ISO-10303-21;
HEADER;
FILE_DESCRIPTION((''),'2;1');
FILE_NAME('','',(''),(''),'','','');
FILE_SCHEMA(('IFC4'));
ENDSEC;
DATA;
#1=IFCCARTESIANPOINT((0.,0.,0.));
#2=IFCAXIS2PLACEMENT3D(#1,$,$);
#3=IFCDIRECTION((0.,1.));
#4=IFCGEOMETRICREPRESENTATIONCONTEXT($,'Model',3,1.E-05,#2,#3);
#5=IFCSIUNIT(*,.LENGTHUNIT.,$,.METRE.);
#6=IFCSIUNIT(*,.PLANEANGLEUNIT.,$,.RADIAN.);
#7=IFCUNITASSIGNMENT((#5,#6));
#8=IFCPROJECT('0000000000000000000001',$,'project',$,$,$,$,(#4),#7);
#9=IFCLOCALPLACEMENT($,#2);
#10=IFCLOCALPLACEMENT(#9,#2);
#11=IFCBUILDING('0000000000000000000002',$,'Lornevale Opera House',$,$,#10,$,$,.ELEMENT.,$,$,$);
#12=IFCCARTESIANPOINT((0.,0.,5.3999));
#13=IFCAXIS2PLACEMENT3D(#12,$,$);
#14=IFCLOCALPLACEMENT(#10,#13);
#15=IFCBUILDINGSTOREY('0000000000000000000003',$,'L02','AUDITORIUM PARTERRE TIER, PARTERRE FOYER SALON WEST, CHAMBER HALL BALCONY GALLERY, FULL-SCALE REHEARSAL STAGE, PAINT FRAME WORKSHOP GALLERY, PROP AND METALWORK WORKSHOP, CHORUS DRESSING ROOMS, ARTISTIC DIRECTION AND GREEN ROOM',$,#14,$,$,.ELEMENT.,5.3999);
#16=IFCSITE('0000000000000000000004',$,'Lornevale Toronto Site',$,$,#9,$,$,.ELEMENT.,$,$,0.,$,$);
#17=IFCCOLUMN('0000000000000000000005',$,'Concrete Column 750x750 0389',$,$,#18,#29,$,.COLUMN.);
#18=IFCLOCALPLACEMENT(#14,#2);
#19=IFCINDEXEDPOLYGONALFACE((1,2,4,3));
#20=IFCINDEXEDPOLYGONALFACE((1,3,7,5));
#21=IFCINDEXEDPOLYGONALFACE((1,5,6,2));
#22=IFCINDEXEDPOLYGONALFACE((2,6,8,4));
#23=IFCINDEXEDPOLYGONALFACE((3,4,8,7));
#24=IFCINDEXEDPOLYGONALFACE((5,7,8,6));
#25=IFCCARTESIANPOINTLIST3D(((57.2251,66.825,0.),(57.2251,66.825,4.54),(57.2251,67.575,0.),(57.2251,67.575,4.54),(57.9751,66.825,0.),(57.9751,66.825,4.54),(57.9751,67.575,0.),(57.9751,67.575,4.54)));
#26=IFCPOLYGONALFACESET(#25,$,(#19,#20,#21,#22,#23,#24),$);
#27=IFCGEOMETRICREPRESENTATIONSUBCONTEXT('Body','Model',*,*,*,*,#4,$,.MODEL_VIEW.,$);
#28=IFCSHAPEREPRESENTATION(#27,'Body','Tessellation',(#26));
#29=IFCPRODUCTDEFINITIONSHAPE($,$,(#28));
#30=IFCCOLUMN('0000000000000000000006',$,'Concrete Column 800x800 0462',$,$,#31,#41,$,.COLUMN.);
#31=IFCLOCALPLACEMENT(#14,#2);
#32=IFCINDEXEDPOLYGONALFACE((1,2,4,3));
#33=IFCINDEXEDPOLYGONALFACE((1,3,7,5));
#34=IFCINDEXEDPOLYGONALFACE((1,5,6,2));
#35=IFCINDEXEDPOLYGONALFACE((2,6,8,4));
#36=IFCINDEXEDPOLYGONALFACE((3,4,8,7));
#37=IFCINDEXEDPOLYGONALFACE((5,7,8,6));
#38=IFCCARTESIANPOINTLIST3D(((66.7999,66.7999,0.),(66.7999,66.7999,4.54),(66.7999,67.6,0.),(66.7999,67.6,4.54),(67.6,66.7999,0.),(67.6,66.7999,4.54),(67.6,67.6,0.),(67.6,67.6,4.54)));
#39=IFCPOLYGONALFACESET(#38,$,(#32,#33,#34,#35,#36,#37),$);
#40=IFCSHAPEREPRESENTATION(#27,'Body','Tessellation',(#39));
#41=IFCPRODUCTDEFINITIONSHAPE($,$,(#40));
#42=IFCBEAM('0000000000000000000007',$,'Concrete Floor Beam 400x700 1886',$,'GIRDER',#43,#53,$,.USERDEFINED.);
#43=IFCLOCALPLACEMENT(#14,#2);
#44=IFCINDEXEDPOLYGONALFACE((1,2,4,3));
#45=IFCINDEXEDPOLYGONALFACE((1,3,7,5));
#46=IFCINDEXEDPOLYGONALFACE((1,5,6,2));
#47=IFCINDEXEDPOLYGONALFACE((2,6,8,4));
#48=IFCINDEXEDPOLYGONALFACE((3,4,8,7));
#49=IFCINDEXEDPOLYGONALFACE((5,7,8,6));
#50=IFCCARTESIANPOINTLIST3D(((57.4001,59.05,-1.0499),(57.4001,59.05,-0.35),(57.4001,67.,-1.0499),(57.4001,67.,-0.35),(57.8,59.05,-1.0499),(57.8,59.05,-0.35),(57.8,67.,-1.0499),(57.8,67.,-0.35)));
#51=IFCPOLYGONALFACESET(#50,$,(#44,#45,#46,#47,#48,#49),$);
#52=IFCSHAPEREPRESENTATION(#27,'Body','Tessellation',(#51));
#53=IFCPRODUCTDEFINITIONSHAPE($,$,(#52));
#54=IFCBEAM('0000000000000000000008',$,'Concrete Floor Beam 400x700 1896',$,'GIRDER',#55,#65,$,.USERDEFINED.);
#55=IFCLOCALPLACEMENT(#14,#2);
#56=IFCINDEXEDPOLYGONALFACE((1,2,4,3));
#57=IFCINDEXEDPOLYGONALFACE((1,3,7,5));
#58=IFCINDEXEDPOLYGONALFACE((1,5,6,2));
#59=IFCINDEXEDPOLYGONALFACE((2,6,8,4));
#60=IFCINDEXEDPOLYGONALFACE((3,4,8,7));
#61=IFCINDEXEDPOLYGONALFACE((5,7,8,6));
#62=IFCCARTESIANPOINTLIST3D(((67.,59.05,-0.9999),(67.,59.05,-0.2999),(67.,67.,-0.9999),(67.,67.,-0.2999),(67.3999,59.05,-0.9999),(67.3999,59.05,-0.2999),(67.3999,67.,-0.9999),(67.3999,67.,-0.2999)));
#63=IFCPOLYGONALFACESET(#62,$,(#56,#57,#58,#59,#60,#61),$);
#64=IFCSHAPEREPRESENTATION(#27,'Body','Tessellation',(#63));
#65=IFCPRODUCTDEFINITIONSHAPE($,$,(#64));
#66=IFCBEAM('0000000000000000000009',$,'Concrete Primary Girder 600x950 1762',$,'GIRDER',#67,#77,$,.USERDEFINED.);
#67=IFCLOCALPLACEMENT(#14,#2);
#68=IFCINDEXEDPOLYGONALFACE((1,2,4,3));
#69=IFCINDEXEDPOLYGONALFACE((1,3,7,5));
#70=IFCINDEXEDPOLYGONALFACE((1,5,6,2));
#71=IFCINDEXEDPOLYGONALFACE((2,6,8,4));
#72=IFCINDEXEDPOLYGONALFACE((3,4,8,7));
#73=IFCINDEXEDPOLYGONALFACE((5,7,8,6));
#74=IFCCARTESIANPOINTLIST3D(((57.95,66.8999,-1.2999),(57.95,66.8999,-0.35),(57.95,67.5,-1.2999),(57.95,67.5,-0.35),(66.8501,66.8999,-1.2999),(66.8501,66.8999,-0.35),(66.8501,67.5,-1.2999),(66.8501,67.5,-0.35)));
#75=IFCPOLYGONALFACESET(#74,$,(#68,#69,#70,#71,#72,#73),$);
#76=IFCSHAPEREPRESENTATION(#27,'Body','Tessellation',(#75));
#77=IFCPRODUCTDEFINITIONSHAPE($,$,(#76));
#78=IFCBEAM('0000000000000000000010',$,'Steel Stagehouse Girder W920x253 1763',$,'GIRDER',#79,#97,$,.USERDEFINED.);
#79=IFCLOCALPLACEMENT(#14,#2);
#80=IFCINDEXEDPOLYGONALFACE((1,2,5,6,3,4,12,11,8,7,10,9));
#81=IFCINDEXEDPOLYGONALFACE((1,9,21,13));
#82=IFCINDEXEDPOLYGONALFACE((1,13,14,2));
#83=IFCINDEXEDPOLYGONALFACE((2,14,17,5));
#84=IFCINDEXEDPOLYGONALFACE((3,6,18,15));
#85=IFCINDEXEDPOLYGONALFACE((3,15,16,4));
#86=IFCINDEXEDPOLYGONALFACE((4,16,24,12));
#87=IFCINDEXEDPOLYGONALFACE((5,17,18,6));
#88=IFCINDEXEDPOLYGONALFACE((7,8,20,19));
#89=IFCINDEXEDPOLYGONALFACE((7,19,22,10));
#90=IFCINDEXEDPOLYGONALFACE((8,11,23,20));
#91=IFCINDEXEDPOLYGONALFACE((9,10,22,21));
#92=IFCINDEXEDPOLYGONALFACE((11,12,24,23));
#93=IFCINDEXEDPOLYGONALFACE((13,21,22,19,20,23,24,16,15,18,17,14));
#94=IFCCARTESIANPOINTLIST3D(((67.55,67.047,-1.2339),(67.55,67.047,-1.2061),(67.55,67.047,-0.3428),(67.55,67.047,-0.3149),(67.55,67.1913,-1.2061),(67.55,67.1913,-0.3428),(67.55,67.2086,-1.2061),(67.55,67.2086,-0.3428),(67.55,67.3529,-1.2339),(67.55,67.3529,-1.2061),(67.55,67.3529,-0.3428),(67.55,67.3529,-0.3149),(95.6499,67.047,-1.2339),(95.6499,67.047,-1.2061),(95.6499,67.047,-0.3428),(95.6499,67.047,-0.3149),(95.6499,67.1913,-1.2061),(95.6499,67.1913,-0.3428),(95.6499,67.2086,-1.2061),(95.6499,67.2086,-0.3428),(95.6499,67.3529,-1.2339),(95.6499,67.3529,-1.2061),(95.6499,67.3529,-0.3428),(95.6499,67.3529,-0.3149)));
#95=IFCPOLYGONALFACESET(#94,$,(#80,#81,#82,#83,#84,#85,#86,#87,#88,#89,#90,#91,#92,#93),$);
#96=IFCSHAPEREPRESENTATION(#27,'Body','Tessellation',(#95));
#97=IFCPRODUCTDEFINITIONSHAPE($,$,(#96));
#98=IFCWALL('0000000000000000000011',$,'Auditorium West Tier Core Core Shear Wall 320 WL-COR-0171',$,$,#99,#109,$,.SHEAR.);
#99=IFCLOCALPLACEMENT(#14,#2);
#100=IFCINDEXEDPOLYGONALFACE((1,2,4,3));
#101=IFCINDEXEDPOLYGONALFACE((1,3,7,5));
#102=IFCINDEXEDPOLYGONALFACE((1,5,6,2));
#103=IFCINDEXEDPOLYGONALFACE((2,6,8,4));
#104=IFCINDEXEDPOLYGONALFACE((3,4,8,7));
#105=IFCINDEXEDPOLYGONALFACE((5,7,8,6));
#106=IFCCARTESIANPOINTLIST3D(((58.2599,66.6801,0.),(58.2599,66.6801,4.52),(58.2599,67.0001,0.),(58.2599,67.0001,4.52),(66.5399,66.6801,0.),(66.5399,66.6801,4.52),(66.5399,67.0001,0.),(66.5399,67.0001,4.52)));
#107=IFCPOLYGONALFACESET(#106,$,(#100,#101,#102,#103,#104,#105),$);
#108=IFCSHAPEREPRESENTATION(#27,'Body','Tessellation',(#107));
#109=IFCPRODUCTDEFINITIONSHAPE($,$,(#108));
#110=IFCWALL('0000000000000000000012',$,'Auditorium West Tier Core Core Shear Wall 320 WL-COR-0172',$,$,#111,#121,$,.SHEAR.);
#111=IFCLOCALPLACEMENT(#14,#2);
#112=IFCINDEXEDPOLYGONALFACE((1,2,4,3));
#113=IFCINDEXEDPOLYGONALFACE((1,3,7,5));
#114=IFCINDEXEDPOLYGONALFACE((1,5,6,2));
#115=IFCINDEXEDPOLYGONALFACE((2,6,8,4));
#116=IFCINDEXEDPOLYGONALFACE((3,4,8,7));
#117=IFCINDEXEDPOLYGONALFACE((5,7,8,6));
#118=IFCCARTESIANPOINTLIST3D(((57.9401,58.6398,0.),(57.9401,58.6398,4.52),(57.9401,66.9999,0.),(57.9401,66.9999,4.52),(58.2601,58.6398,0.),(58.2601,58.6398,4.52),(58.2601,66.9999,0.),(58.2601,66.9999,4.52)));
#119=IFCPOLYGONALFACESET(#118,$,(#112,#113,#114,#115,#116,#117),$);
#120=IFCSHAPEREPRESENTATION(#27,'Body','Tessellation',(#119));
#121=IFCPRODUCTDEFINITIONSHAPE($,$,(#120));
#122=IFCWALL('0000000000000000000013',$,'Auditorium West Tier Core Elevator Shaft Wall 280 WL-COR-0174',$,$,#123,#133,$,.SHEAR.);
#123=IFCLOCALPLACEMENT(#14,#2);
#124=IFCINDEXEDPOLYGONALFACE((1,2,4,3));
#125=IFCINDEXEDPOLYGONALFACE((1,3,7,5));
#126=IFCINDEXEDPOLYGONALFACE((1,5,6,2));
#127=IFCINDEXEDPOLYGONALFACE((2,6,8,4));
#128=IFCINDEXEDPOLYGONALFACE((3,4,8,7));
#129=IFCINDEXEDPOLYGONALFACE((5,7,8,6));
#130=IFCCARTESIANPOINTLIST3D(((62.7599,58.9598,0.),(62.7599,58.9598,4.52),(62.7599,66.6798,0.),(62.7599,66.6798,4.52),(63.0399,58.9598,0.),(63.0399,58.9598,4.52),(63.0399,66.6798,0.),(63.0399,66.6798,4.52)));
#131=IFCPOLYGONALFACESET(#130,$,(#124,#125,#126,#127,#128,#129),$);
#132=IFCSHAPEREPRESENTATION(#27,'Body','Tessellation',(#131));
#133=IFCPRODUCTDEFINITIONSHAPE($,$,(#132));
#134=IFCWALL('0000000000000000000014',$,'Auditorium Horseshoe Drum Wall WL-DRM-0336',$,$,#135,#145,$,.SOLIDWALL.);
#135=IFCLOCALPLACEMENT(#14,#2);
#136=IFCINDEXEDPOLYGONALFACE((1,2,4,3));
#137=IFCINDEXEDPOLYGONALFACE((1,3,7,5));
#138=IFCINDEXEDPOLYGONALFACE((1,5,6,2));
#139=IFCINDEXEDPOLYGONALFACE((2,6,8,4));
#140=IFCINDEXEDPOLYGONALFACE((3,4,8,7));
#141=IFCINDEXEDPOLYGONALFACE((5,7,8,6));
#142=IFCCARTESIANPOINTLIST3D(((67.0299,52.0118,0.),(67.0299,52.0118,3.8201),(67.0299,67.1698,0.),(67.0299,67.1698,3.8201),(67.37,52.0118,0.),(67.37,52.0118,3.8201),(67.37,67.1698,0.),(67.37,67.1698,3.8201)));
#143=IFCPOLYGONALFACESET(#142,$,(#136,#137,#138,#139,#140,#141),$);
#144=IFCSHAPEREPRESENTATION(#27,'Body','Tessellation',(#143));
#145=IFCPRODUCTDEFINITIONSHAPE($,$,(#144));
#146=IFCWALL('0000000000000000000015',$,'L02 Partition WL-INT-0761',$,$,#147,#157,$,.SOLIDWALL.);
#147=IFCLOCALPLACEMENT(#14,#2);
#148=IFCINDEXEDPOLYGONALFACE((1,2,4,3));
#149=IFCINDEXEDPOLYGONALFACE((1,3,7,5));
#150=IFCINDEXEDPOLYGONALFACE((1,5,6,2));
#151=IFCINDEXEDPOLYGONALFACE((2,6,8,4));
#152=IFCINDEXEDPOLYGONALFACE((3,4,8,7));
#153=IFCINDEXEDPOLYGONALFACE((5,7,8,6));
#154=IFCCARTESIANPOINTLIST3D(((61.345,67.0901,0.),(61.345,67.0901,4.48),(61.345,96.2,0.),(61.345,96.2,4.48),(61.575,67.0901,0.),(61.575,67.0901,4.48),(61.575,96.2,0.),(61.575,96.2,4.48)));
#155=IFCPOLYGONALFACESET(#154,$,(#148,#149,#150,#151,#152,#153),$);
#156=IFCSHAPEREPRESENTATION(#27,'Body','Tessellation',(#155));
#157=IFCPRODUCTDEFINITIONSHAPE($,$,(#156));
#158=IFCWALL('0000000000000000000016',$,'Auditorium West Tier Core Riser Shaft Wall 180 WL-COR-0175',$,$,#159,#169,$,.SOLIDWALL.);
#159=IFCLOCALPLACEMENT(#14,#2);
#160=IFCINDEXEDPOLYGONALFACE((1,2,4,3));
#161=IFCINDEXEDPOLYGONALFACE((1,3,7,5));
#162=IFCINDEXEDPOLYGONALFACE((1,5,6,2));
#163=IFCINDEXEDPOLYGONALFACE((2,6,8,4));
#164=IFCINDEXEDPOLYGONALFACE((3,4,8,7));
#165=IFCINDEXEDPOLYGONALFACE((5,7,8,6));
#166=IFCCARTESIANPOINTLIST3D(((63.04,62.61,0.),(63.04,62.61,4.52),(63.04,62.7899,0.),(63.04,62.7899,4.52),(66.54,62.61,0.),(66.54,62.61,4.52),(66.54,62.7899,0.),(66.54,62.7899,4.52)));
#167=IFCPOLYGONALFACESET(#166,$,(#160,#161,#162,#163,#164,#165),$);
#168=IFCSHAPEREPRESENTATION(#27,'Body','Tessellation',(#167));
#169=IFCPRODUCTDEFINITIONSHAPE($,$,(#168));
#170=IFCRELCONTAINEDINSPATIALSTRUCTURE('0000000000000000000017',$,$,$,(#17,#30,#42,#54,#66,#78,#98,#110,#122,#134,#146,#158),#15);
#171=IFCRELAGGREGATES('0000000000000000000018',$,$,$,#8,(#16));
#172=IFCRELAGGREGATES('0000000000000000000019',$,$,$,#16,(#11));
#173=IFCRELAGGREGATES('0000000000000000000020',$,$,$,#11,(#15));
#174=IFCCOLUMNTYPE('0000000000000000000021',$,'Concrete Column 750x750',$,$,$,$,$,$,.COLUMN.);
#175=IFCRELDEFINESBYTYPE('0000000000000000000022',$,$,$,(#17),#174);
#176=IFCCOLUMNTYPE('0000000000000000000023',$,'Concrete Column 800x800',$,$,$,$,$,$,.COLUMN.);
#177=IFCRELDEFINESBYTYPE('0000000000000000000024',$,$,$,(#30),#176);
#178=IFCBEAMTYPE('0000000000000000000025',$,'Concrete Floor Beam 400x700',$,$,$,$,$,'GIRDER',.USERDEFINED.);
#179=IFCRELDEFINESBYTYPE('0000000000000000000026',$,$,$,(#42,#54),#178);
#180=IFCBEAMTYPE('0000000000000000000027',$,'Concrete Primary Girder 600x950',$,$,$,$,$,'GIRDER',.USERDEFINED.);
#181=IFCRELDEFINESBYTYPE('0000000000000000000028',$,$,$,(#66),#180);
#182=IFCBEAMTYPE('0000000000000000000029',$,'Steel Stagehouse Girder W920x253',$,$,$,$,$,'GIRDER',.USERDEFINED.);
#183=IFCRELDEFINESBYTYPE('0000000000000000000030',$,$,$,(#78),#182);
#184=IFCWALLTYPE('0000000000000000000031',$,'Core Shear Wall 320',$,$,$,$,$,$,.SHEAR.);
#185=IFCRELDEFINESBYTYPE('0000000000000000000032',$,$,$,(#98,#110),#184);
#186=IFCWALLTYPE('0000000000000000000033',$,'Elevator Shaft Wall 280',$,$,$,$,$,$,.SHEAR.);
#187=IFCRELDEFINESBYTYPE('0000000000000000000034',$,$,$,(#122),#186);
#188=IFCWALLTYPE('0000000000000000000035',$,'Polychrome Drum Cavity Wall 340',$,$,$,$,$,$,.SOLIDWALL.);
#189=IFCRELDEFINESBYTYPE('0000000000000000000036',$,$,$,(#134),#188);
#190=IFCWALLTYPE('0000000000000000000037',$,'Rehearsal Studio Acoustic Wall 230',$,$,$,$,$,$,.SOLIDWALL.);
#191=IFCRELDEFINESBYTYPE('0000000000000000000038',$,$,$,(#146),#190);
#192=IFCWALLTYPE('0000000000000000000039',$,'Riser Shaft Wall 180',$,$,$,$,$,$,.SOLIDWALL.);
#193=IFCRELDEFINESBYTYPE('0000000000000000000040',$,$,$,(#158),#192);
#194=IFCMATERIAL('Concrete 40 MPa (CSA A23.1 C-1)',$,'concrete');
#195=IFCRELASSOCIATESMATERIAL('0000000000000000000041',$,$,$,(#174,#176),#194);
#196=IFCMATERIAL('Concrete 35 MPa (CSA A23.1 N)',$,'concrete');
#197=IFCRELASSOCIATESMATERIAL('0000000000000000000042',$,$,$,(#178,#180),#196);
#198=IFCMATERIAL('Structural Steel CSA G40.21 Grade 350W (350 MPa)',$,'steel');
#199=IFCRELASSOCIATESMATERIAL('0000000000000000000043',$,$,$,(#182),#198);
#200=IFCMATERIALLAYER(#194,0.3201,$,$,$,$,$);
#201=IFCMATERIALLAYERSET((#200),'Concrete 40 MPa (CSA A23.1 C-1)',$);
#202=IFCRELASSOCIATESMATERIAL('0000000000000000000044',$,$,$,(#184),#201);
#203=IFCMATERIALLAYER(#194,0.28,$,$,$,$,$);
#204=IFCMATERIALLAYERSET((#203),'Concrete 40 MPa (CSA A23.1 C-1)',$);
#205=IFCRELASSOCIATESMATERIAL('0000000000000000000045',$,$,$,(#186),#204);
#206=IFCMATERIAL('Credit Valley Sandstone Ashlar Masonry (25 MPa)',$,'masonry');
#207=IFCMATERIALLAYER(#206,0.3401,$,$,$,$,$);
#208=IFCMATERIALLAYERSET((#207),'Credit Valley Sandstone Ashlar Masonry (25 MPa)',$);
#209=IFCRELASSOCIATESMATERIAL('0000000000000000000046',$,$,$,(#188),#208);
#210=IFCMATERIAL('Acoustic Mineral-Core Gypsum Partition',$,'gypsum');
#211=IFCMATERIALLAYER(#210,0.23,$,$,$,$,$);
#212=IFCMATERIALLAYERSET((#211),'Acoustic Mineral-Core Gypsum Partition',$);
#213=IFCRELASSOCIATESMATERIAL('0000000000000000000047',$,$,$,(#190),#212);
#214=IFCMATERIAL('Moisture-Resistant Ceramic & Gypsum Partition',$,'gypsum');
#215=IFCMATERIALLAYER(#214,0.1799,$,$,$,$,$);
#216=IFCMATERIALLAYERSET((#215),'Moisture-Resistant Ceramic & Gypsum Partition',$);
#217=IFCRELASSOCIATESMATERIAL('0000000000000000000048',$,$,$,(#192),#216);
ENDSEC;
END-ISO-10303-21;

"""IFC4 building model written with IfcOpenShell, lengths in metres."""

from ifc_helpers import new_model, si_unit, direction, frame, frame_2d, origin, origin_2d, place, context, subcontext, project, spatial, rectangle, i_section, extrude, material, layer, layer_set, material_profile, profile_set, type_object, element, save


model = new_model("IFC4")

# Units and contexts
model_context = context("Model", 3, precision=1e-05, world=origin(), true_north=direction((0.0, 1.0)))
body_context = subcontext(model_context, "Body", "Model", "MODEL_VIEW")
ifc_project = project(units=[si_unit("LENGTHUNIT", "METRE"), si_unit("PLANEANGLEUNIT", "RADIAN")], contexts=[model_context])

# Site, building, storey
site_placement = place(None, origin())
site = spatial("IfcSite", under=ifc_project, at=site_placement, Name="Lornevale Toronto Site", CompositionType="ELEMENT", RefElevation=0.0)
building_placement = place(site_placement, origin())
building = spatial("IfcBuilding", under=site, at=building_placement, Name="Lornevale Opera House", CompositionType="ELEMENT")
storey_placement = place(building_placement, frame((0.0, 0.0, 5.3999)))
storey = spatial("IfcBuildingStorey", under=building, at=storey_placement, Name="L02", Description="AUDITORIUM PARTERRE TIER, PARTERRE FOYER SALON WEST, CHAMBER HALL BALCONY GALLERY, FULL-SCALE REHEARSAL STAGE, PAINT FRAME WORKSHOP GALLERY, PROP AND METALWORK WORKSHOP, CHORUS DRESSING ROOMS, ARTISTIC DIRECTION AND GREEN ROOM", CompositionType="ELEMENT", Elevation=5.3999)

# Columns
ifc_material_1 = material(Name="Concrete 40 MPa (CSA A23.1 C-1)", Category="concrete")
ifc_material_profile_1 = material_profile(ifc_material_1, rectangle(XDim=0.75, YDim=0.75, at=origin_2d()), Name="RC750x750")
ifc_profile_set_1 = profile_set([ifc_material_profile_1], Name="Concrete 40 MPa (CSA A23.1 C-1)")
column_type_1 = type_object("IfcColumnType", Name="Concrete Column 750x750", PredefinedType="COLUMN", material=ifc_profile_set_1)
column_1_placement = place(storey_placement, frame((57.6001, 67.2, 0.0), z_axis=(0.0, 0.0, 1.0), x_axis=(1.0, 0.0, 0.0)))
element("IfcColumn", 1, at=column_1_placement, inside=storey, type_object=column_type_1, Name="Concrete Column 750x750 0389", PredefinedType="COLUMN", context=body_context, shape_type="SweptSolid", body=[
    extrude(rectangle(XDim=0.75, YDim=0.75, at=origin_2d()), origin(), (0.0, 0.0, 1.0), 4.54),
])
ifc_material_profile_2 = material_profile(ifc_material_1, rectangle(XDim=0.8, YDim=0.8, at=origin_2d()), Name="RC800x800")
ifc_profile_set_2 = profile_set([ifc_material_profile_2], Name="Concrete 40 MPa (CSA A23.1 C-1)")
column_type_2 = type_object("IfcColumnType", Name="Concrete Column 800x800", PredefinedType="COLUMN", material=ifc_profile_set_2)
column_2_placement = place(storey_placement, frame((67.2, 67.2, 0.0), z_axis=(0.0, 0.0, 1.0), x_axis=(1.0, 0.0, 0.0)))
element("IfcColumn", 2, at=column_2_placement, inside=storey, type_object=column_type_2, Name="Concrete Column 800x800 0462", PredefinedType="COLUMN", context=body_context, shape_type="SweptSolid", body=[
    extrude(rectangle(XDim=0.8, YDim=0.8, at=origin_2d()), origin(), (0.0, 0.0, 1.0), 4.54),
])

# Beams
ifc_material_2 = material(Name="Concrete 35 MPa (CSA A23.1 N)", Category="concrete")
ifc_material_profile_3 = material_profile(ifc_material_2, rectangle(XDim=0.3999, YDim=0.7, at=origin_2d()), Name="RC400x700")
ifc_profile_set_3 = profile_set([ifc_material_profile_3], Name="Concrete 35 MPa (CSA A23.1 N)")
beam_type_1 = type_object("IfcBeamType", Name="Concrete Floor Beam 400x700", ElementType="GIRDER", PredefinedType="USERDEFINED", material=ifc_profile_set_3)
for number, where, z_axis, x_axis, name in (
    (3, (57.6001, 59.05, -0.7), (0.0, 1.0, 0.0), (-1.0, 0.0, 0.0), "Concrete Floor Beam 400x700 1886"),
    (4, (67.2, 59.05, -0.6499), (0.0, 1.0, 0.0), (-1.0, 0.0, 0.0), "Concrete Floor Beam 400x700 1896"),
):
    element("IfcBeam", number, at=place(storey_placement, frame(where, z_axis=z_axis, x_axis=x_axis)), inside=storey, type_object=beam_type_1, Name=name, ObjectType="GIRDER", PredefinedType="USERDEFINED", context=body_context, shape_type="SweptSolid", body=[
        extrude(rectangle(XDim=0.3999, YDim=0.7, at=origin_2d()), origin(), (0.0, 0.0, 1.0), 7.95),
    ])
ifc_material_profile_4 = material_profile(ifc_material_2, rectangle(XDim=0.6001, YDim=0.95, at=origin_2d()), Name="RC600x950")
ifc_profile_set_4 = profile_set([ifc_material_profile_4], Name="Concrete 35 MPa (CSA A23.1 N)")
beam_type_2 = type_object("IfcBeamType", Name="Concrete Primary Girder 600x950", ElementType="GIRDER", PredefinedType="USERDEFINED", material=ifc_profile_set_4)
beam_1_placement = place(storey_placement, frame((57.95, 67.2, -0.825), z_axis=(1.0, 0.0, 0.0), x_axis=(0.0, 1.0, 0.0)))
element("IfcBeam", 5, at=beam_1_placement, inside=storey, type_object=beam_type_2, Name="Concrete Primary Girder 600x950 1762", ObjectType="GIRDER", PredefinedType="USERDEFINED", context=body_context, shape_type="SweptSolid", body=[
    extrude(rectangle(XDim=0.6001, YDim=0.95, at=origin_2d()), origin(), (0.0, 0.0, 1.0), 8.9001),
])
ifc_material_3 = material(Name="Structural Steel CSA G40.21 Grade 350W (350 MPa)", Category="steel")
ifc_material_profile_5 = material_profile(ifc_material_3, i_section(OverallWidth=0.3059, OverallDepth=0.9189, WebThickness=0.0173, FlangeThickness=0.0278, at=origin_2d()), Name="W920x253")
ifc_profile_set_5 = profile_set([ifc_material_profile_5], Name="Structural Steel CSA G40.21 Grade 350W (350 MPa)")
beam_type_3 = type_object("IfcBeamType", Name="Steel Stagehouse Girder W920x253", ElementType="GIRDER", PredefinedType="USERDEFINED", material=ifc_profile_set_5)
beam_2_placement = place(storey_placement, frame((67.55, 67.2, -0.7744), z_axis=(1.0, 0.0, 0.0), x_axis=(0.0, 1.0, 0.0)))
element("IfcBeam", 6, at=beam_2_placement, inside=storey, type_object=beam_type_3, Name="Steel Stagehouse Girder W920x253 1763", ObjectType="GIRDER", PredefinedType="USERDEFINED", context=body_context, shape_type="SweptSolid", body=[
    extrude(i_section(OverallWidth=0.3059, OverallDepth=0.9189, WebThickness=0.0173, FlangeThickness=0.0278, at=origin_2d()), origin(), (0.0, 0.0, 1.0), 28.0999),
])

# Walls
ifc_layer_1 = layer(ifc_material_1, 0.3201)
ifc_layer_set_1 = layer_set([ifc_layer_1], Name="Concrete 40 MPa (CSA A23.1 C-1)")
wall_type_1 = type_object("IfcWallType", Name="Core Shear Wall 320", PredefinedType="SHEAR", material=ifc_layer_set_1)
wall_1_placement = place(storey_placement, frame((66.54, 66.8401, 0.0), z_axis=(0.0, 0.0, 1.0), x_axis=(-1.0, 0.0, 0.0)))
element("IfcWall", 7, at=wall_1_placement, inside=storey, type_object=wall_type_1, Name="Auditorium West Tier Core Core Shear Wall 320 WL-COR-0171", PredefinedType="SHEAR", context=body_context, shape_type="SweptSolid", body=[
    extrude(rectangle(XDim=8.28, YDim=0.3201, at=frame_2d((4.1401, 0.0))), origin(), (0.0, 0.0, 1.0), 4.52),
])
wall_2_placement = place(storey_placement, frame((58.1001, 67.0, 0.0), z_axis=(0.0, 0.0, 1.0), x_axis=(0.0, -1.0, 0.0)))
element("IfcWall", 8, at=wall_2_placement, inside=storey, type_object=wall_type_1, Name="Auditorium West Tier Core Core Shear Wall 320 WL-COR-0172", PredefinedType="SHEAR", context=body_context, shape_type="SweptSolid", body=[
    extrude(rectangle(XDim=8.3601, YDim=0.3201, at=frame_2d((4.1802, 0.0))), origin(), (0.0, 0.0, 1.0), 4.52),
])
ifc_layer_2 = layer(ifc_material_1, 0.28)
ifc_layer_set_2 = layer_set([ifc_layer_2], Name="Concrete 40 MPa (CSA A23.1 C-1)")
wall_type_2 = type_object("IfcWallType", Name="Elevator Shaft Wall 280", PredefinedType="SHEAR", material=ifc_layer_set_2)
wall_3_placement = place(storey_placement, frame((62.8999, 58.96, 0.0), z_axis=(0.0, 0.0, 1.0), x_axis=(0.0, 1.0, 0.0)))
element("IfcWall", 9, at=wall_3_placement, inside=storey, type_object=wall_type_2, Name="Auditorium West Tier Core Elevator Shaft Wall 280 WL-COR-0174", PredefinedType="SHEAR", context=body_context, shape_type="SweptSolid", body=[
    extrude(rectangle(XDim=7.72, YDim=0.28, at=frame_2d((3.8599, 0.0))), origin(), (0.0, 0.0, 1.0), 4.52),
])
ifc_material_4 = material(Name="Credit Valley Sandstone Ashlar Masonry (25 MPa)", Category="masonry")
ifc_layer_3 = layer(ifc_material_4, 0.3401)
ifc_layer_set_3 = layer_set([ifc_layer_3], Name="Credit Valley Sandstone Ashlar Masonry (25 MPa)")
wall_type_3 = type_object("IfcWallType", Name="Polychrome Drum Cavity Wall 340", PredefinedType="SOLIDWALL", material=ifc_layer_set_3)
wall_4_placement = place(storey_placement, frame((67.2, 67.1699, 0.0), z_axis=(0.0, 0.0, 1.0), x_axis=(0.0, -1.0, 0.0)))
element("IfcWall", 10, at=wall_4_placement, inside=storey, type_object=wall_type_3, Name="Auditorium Horseshoe Drum Wall WL-DRM-0336", PredefinedType="SOLIDWALL", context=body_context, shape_type="SweptSolid", body=[
    extrude(rectangle(XDim=15.158, YDim=0.3401, at=frame_2d((7.5791, 0.0))), origin(), (0.0, 0.0, 1.0), 3.8201),
])
ifc_material_5 = material(Name="Acoustic Mineral-Core Gypsum Partition", Category="gypsum")
ifc_layer_4 = layer(ifc_material_5, 0.23)
ifc_layer_set_4 = layer_set([ifc_layer_4], Name="Acoustic Mineral-Core Gypsum Partition")
wall_type_4 = type_object("IfcWallType", Name="Rehearsal Studio Acoustic Wall 230", PredefinedType="SOLIDWALL", material=ifc_layer_set_4)
wall_5_placement = place(storey_placement, frame((61.46, 67.0901, 0.0), z_axis=(0.0, 0.0, 1.0), x_axis=(0.0, 1.0, 0.0)))
element("IfcWall", 11, at=wall_5_placement, inside=storey, type_object=wall_type_4, Name="L02 Partition WL-INT-0761", PredefinedType="SOLIDWALL", context=body_context, shape_type="SweptSolid", body=[
    extrude(rectangle(XDim=29.1099, YDim=0.23, at=frame_2d((14.5549, 0.0))), origin(), (0.0, 0.0, 1.0), 4.48),
])
ifc_material_6 = material(Name="Moisture-Resistant Ceramic & Gypsum Partition", Category="gypsum")
ifc_layer_5 = layer(ifc_material_6, 0.1799)
ifc_layer_set_5 = layer_set([ifc_layer_5], Name="Moisture-Resistant Ceramic & Gypsum Partition")
wall_type_5 = type_object("IfcWallType", Name="Riser Shaft Wall 180", PredefinedType="SOLIDWALL", material=ifc_layer_set_5)
wall_6_placement = place(storey_placement, frame((63.04, 62.7, 0.0), z_axis=(0.0, 0.0, 1.0), x_axis=(1.0, 0.0, 0.0)))
element("IfcWall", 12, at=wall_6_placement, inside=storey, type_object=wall_type_5, Name="Auditorium West Tier Core Riser Shaft Wall 180 WL-COR-0175", PredefinedType="SOLIDWALL", context=body_context, shape_type="SweptSolid", body=[
    extrude(rectangle(XDim=3.5, YDim=0.1799, at=frame_2d((1.75, 0.0))), origin(), (0.0, 0.0, 1.0), 4.52),
])

save(model, "model.ifc")
